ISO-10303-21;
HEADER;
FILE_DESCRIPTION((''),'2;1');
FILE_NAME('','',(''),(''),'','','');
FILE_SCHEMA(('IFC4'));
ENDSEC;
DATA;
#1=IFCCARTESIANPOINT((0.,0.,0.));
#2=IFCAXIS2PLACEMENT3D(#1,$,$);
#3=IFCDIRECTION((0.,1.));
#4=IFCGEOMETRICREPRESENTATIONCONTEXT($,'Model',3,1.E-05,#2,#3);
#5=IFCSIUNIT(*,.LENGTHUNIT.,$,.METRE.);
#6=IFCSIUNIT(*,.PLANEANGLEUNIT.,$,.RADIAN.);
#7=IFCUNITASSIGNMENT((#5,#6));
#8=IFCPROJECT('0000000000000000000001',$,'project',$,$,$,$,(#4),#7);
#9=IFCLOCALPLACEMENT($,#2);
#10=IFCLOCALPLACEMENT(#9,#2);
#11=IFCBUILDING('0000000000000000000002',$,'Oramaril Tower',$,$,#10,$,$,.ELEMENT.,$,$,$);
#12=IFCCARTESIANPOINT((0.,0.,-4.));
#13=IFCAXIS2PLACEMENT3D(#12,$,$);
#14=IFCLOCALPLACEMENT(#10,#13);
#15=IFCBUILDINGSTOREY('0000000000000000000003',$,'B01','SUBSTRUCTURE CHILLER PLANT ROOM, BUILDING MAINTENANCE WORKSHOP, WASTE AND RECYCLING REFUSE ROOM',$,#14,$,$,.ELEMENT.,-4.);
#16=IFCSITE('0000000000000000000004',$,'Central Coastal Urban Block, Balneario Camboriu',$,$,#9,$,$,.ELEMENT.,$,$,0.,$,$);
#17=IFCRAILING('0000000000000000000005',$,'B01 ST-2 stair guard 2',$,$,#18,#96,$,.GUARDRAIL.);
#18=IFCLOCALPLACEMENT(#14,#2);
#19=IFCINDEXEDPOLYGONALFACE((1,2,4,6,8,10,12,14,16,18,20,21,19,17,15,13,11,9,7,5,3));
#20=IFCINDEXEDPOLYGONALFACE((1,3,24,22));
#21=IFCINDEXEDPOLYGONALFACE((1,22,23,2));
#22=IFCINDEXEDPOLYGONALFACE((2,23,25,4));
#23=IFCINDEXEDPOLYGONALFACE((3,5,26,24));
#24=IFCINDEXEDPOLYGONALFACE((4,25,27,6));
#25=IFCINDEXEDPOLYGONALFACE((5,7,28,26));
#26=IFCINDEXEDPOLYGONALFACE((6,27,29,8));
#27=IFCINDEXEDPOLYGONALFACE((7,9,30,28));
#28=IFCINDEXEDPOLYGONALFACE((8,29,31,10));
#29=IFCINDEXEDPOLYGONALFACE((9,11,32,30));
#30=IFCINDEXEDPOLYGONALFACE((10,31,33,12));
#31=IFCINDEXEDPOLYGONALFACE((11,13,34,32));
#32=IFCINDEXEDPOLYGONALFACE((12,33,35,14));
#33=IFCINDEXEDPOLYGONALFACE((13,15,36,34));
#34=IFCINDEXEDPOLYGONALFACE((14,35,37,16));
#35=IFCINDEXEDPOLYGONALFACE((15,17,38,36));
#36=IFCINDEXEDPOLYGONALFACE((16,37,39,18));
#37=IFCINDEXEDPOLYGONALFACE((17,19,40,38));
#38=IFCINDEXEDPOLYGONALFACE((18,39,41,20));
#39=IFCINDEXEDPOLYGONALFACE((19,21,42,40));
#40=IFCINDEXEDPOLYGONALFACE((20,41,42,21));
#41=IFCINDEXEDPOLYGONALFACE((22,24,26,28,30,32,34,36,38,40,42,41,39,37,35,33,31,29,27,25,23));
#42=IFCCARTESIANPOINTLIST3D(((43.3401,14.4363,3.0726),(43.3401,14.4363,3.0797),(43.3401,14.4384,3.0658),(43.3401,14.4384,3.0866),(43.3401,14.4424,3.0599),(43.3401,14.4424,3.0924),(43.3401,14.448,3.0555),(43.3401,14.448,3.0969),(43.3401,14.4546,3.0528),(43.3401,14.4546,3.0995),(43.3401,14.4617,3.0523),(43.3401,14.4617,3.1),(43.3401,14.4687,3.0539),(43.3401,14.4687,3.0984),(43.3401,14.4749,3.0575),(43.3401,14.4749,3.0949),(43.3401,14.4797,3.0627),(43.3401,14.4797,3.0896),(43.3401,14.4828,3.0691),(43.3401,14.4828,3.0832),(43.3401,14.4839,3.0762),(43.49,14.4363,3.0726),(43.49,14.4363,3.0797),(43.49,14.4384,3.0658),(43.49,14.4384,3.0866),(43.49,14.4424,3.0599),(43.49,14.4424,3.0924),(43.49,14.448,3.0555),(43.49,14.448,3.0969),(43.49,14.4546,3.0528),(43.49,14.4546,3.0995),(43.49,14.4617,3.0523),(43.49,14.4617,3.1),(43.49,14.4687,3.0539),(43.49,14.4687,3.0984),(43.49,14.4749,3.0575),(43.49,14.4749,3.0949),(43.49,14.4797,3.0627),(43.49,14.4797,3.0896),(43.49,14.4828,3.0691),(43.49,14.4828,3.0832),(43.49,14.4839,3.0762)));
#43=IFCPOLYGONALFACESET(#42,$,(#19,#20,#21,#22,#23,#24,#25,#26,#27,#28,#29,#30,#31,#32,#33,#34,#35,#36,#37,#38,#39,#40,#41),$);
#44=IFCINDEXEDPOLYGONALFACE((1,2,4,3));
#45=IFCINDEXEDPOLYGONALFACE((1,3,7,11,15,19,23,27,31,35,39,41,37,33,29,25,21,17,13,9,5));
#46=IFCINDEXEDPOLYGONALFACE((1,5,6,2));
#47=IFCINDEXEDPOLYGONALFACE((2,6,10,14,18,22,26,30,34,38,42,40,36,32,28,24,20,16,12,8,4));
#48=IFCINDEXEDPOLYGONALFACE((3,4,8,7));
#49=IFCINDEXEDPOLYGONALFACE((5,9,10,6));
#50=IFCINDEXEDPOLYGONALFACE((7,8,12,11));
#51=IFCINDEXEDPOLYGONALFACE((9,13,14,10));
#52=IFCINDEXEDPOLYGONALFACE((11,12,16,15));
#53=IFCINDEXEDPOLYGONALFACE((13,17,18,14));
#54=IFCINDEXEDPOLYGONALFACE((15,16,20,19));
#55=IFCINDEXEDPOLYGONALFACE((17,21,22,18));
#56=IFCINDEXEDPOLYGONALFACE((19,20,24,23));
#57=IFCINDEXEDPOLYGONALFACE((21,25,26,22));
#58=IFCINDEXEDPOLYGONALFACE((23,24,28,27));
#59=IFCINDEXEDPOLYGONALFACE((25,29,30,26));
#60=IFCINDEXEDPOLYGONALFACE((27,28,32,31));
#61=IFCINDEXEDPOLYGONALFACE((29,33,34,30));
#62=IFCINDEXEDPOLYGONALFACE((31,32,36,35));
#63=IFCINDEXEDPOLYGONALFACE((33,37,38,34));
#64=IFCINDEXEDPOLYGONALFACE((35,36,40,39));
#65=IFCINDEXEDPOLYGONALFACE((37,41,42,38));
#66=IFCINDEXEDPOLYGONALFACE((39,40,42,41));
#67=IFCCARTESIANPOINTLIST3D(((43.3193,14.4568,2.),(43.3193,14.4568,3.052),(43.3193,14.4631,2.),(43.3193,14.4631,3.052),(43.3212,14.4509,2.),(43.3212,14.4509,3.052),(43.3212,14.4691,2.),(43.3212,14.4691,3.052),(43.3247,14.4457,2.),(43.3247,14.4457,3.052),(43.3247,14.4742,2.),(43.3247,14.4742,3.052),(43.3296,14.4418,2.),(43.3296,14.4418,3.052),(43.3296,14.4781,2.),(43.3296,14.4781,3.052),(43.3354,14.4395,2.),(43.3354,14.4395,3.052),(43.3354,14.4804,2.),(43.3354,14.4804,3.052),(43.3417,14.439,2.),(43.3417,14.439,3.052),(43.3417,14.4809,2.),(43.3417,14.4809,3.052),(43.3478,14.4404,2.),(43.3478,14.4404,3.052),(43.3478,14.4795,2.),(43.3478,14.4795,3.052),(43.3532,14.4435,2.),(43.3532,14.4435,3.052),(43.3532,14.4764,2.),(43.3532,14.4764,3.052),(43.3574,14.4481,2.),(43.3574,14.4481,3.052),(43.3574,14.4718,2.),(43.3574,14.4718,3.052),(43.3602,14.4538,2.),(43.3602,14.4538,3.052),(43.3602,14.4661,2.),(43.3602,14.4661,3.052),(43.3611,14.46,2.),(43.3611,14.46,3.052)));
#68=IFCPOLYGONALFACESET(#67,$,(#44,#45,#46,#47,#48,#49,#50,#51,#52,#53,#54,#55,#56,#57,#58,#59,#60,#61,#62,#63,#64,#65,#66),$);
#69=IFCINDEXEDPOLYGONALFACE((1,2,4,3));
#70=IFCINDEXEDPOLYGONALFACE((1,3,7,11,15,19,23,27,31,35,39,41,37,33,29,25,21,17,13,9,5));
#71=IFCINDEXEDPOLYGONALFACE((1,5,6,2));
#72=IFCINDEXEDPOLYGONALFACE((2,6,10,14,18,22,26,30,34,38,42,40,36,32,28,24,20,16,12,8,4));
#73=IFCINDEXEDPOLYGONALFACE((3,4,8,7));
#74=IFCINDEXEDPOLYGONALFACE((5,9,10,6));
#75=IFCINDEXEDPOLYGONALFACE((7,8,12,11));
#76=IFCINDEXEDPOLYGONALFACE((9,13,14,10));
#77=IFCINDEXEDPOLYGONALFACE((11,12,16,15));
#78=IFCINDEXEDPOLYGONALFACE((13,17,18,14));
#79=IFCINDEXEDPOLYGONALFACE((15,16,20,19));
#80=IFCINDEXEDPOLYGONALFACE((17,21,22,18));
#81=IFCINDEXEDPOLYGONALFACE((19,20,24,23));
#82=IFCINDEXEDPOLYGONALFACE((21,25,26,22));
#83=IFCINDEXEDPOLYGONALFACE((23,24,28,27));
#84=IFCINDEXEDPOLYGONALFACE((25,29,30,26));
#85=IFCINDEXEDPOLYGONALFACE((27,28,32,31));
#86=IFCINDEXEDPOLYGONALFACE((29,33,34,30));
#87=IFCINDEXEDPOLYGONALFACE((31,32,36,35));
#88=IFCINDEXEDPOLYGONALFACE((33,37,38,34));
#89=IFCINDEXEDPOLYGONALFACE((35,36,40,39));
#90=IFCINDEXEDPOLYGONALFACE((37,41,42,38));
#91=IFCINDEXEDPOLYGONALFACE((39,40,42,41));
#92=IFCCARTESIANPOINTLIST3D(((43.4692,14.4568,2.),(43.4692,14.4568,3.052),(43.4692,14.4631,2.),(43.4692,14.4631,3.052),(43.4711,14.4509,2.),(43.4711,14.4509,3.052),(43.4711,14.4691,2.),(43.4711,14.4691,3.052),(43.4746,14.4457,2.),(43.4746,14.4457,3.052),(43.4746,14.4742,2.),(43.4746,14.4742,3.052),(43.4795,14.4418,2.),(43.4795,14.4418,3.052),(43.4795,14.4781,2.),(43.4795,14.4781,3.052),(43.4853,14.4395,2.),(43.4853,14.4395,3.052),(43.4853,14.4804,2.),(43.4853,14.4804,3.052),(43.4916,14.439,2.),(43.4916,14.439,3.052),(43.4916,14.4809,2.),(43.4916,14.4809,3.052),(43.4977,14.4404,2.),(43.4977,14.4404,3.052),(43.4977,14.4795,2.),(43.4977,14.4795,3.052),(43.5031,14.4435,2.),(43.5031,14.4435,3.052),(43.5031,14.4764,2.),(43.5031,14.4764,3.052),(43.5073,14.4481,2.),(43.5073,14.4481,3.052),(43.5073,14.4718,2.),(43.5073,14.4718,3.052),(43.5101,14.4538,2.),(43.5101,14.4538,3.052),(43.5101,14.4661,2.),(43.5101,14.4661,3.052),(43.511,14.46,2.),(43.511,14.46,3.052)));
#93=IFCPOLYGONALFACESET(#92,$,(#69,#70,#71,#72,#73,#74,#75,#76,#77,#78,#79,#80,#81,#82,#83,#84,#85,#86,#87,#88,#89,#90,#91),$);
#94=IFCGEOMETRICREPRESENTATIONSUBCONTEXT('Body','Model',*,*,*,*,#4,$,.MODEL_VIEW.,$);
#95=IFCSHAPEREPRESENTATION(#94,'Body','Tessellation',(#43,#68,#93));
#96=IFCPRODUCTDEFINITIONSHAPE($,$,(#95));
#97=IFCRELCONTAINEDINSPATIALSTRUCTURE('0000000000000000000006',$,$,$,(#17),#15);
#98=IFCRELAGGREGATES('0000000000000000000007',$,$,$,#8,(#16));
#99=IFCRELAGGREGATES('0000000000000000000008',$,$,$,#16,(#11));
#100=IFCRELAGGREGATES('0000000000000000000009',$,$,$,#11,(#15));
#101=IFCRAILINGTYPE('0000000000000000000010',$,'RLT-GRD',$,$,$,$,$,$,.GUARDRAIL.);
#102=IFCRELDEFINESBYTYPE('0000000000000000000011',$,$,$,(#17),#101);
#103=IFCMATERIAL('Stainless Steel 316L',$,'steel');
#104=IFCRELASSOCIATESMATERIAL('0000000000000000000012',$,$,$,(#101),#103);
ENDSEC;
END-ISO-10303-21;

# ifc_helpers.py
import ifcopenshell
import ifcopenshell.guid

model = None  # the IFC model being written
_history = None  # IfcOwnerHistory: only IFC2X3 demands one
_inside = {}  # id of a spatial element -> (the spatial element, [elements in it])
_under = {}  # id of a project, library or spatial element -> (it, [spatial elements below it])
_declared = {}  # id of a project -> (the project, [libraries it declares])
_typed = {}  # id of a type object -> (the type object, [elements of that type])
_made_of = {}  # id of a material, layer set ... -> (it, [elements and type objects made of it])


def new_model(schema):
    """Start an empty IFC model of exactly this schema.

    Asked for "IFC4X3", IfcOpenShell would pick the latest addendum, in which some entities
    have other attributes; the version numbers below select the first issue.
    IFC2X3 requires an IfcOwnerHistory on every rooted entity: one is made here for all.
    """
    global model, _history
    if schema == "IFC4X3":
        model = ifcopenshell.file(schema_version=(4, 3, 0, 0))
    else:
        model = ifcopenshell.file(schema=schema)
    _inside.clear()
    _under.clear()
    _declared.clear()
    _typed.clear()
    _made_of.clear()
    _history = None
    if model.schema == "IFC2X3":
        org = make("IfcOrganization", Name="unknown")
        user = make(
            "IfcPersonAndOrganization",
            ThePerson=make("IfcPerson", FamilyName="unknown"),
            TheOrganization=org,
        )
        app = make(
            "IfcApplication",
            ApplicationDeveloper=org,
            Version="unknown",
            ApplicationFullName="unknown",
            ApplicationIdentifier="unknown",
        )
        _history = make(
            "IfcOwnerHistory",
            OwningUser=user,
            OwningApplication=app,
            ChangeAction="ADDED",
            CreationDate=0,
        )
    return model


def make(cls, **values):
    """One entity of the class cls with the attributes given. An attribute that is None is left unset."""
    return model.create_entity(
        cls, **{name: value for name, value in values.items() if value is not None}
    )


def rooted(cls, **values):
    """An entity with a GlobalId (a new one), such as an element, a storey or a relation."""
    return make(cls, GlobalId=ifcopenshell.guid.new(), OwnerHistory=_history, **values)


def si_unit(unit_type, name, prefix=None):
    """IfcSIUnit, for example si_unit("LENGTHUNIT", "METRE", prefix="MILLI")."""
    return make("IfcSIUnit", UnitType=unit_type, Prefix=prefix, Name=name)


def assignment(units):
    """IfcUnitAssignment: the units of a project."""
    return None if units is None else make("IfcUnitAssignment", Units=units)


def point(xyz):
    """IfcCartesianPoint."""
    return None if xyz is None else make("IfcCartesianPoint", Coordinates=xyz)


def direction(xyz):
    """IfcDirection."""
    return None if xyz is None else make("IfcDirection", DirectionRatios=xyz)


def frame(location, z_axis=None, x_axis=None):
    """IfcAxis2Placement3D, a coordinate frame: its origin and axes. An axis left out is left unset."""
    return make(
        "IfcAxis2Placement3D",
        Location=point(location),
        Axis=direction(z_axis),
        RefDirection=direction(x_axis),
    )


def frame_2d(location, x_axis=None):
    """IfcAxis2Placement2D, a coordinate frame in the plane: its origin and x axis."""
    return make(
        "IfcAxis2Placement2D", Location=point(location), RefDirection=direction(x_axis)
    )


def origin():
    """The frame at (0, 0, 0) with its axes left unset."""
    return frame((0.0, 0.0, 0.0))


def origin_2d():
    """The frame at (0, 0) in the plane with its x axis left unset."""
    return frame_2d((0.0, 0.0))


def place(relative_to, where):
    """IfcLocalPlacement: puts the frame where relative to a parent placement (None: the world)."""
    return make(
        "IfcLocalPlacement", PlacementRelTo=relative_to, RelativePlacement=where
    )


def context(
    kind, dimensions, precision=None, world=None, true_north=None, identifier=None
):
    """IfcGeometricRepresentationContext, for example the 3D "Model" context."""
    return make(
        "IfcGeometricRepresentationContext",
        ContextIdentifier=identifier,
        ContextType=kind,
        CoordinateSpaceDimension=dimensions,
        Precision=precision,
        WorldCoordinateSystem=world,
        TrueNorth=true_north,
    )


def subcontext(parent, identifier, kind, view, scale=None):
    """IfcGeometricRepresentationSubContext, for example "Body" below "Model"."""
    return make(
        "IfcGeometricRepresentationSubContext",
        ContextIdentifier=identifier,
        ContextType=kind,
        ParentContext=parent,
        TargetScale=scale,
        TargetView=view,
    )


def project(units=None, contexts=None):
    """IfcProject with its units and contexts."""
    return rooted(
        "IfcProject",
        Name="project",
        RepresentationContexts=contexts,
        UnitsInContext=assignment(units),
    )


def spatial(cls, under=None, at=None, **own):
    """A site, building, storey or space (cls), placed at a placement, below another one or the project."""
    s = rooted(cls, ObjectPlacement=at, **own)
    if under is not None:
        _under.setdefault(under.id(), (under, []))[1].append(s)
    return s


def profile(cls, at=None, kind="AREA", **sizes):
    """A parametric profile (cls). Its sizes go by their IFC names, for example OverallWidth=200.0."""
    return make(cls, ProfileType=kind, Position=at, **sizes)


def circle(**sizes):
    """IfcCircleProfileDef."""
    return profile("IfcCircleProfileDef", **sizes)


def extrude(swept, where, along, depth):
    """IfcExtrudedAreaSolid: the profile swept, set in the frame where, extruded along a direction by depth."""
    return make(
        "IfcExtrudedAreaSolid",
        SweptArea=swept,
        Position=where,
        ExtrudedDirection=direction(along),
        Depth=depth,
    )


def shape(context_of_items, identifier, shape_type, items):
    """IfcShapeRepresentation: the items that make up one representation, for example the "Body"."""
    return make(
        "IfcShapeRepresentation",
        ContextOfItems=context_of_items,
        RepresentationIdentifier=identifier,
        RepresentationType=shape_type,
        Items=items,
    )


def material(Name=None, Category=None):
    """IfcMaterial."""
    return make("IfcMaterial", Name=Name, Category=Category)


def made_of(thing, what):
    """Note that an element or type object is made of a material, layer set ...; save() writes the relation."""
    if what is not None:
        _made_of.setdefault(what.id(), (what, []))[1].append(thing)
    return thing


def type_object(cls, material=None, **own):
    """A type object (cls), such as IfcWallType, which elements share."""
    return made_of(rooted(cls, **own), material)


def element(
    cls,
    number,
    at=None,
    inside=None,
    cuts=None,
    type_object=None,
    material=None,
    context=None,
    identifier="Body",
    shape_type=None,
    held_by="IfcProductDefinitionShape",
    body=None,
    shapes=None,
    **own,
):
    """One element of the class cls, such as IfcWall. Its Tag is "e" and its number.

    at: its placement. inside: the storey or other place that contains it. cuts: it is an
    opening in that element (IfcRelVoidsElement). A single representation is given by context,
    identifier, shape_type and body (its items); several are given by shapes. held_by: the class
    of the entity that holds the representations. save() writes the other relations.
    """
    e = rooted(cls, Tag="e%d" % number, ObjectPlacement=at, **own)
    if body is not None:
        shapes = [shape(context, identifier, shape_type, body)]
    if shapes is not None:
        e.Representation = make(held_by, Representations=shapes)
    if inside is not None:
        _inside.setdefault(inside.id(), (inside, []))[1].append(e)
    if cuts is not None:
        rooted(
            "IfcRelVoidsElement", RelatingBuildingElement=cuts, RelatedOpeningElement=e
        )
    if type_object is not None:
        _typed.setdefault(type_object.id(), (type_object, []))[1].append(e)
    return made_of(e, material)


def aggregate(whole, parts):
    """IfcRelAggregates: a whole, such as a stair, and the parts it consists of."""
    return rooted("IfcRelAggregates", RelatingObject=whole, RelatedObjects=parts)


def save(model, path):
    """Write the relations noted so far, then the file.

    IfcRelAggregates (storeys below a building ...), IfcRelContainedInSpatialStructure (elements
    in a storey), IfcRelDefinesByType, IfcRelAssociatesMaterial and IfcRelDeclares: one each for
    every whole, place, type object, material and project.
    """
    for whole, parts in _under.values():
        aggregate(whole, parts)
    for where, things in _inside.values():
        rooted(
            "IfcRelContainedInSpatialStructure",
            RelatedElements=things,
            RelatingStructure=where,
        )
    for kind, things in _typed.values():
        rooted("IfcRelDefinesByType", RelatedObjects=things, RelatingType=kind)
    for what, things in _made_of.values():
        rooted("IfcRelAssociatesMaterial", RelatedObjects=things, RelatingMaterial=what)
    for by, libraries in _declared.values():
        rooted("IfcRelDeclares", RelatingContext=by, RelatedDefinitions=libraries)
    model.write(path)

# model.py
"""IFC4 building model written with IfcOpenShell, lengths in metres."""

from ifc_helpers import new_model, si_unit, direction, frame, origin, origin_2d, place, context, subcontext, project, spatial, circle, extrude, material, type_object, element, save


model = new_model("IFC4")

# Units and contexts
model_context = context("Model", 3, precision=1e-05, world=origin(), true_north=direction((0.0, 1.0)))
body_context = subcontext(model_context, "Body", "Model", "MODEL_VIEW")
ifc_project = project(units=[si_unit("LENGTHUNIT", "METRE"), si_unit("PLANEANGLEUNIT", "RADIAN")], contexts=[model_context])

# Site, building, storey
site_placement = place(None, origin())
site = spatial("IfcSite", under=ifc_project, at=site_placement, Name="Central Coastal Urban Block, Balneario Camboriu", CompositionType="ELEMENT", RefElevation=0.0)
building_placement = place(site_placement, origin())
building = spatial("IfcBuilding", under=site, at=building_placement, Name="Oramaril Tower", CompositionType="ELEMENT")
storey_placement = place(building_placement, frame((0.0, 0.0, -4.0)))
storey = spatial("IfcBuildingStorey", under=building, at=storey_placement, Name="B01", Description="SUBSTRUCTURE CHILLER PLANT ROOM, BUILDING MAINTENANCE WORKSHOP, WASTE AND RECYCLING REFUSE ROOM", CompositionType="ELEMENT", Elevation=-4.0)

# Railing
ifc_material_1 = material(Name="Stainless Steel 316L", Category="steel")
railing_type_1 = type_object("IfcRailingType", Name="RLT-GRD", PredefinedType="GUARDRAIL", material=ifc_material_1)
railing_1_placement = place(storey_placement, frame((43.3401, 14.46, 2.0)))
element("IfcRailing", 1, at=railing_1_placement, inside=storey, type_object=railing_type_1, Name="B01 ST-2 stair guard 2", PredefinedType="GUARDRAIL", context=body_context, shape_type="SweptSolid", body=[
    extrude(circle(Radius=0.0239, at=origin_2d()), frame((0.0, 0.0, 1.0762), z_axis=(1.0, 0.0, 0.0), x_axis=(0.0, 1.0, 0.0)), (0.0, 0.0, 1.0), 0.1499),
    extrude(circle(Radius=0.021, at=origin_2d()), origin(), (0.0, 0.0, 1.0), 1.052),
    extrude(circle(Radius=0.021, at=origin_2d()), frame((0.1499, 0.0, 0.0)), (0.0, 0.0, 1.0), 1.052),
])

save(model, "model.ifc")
